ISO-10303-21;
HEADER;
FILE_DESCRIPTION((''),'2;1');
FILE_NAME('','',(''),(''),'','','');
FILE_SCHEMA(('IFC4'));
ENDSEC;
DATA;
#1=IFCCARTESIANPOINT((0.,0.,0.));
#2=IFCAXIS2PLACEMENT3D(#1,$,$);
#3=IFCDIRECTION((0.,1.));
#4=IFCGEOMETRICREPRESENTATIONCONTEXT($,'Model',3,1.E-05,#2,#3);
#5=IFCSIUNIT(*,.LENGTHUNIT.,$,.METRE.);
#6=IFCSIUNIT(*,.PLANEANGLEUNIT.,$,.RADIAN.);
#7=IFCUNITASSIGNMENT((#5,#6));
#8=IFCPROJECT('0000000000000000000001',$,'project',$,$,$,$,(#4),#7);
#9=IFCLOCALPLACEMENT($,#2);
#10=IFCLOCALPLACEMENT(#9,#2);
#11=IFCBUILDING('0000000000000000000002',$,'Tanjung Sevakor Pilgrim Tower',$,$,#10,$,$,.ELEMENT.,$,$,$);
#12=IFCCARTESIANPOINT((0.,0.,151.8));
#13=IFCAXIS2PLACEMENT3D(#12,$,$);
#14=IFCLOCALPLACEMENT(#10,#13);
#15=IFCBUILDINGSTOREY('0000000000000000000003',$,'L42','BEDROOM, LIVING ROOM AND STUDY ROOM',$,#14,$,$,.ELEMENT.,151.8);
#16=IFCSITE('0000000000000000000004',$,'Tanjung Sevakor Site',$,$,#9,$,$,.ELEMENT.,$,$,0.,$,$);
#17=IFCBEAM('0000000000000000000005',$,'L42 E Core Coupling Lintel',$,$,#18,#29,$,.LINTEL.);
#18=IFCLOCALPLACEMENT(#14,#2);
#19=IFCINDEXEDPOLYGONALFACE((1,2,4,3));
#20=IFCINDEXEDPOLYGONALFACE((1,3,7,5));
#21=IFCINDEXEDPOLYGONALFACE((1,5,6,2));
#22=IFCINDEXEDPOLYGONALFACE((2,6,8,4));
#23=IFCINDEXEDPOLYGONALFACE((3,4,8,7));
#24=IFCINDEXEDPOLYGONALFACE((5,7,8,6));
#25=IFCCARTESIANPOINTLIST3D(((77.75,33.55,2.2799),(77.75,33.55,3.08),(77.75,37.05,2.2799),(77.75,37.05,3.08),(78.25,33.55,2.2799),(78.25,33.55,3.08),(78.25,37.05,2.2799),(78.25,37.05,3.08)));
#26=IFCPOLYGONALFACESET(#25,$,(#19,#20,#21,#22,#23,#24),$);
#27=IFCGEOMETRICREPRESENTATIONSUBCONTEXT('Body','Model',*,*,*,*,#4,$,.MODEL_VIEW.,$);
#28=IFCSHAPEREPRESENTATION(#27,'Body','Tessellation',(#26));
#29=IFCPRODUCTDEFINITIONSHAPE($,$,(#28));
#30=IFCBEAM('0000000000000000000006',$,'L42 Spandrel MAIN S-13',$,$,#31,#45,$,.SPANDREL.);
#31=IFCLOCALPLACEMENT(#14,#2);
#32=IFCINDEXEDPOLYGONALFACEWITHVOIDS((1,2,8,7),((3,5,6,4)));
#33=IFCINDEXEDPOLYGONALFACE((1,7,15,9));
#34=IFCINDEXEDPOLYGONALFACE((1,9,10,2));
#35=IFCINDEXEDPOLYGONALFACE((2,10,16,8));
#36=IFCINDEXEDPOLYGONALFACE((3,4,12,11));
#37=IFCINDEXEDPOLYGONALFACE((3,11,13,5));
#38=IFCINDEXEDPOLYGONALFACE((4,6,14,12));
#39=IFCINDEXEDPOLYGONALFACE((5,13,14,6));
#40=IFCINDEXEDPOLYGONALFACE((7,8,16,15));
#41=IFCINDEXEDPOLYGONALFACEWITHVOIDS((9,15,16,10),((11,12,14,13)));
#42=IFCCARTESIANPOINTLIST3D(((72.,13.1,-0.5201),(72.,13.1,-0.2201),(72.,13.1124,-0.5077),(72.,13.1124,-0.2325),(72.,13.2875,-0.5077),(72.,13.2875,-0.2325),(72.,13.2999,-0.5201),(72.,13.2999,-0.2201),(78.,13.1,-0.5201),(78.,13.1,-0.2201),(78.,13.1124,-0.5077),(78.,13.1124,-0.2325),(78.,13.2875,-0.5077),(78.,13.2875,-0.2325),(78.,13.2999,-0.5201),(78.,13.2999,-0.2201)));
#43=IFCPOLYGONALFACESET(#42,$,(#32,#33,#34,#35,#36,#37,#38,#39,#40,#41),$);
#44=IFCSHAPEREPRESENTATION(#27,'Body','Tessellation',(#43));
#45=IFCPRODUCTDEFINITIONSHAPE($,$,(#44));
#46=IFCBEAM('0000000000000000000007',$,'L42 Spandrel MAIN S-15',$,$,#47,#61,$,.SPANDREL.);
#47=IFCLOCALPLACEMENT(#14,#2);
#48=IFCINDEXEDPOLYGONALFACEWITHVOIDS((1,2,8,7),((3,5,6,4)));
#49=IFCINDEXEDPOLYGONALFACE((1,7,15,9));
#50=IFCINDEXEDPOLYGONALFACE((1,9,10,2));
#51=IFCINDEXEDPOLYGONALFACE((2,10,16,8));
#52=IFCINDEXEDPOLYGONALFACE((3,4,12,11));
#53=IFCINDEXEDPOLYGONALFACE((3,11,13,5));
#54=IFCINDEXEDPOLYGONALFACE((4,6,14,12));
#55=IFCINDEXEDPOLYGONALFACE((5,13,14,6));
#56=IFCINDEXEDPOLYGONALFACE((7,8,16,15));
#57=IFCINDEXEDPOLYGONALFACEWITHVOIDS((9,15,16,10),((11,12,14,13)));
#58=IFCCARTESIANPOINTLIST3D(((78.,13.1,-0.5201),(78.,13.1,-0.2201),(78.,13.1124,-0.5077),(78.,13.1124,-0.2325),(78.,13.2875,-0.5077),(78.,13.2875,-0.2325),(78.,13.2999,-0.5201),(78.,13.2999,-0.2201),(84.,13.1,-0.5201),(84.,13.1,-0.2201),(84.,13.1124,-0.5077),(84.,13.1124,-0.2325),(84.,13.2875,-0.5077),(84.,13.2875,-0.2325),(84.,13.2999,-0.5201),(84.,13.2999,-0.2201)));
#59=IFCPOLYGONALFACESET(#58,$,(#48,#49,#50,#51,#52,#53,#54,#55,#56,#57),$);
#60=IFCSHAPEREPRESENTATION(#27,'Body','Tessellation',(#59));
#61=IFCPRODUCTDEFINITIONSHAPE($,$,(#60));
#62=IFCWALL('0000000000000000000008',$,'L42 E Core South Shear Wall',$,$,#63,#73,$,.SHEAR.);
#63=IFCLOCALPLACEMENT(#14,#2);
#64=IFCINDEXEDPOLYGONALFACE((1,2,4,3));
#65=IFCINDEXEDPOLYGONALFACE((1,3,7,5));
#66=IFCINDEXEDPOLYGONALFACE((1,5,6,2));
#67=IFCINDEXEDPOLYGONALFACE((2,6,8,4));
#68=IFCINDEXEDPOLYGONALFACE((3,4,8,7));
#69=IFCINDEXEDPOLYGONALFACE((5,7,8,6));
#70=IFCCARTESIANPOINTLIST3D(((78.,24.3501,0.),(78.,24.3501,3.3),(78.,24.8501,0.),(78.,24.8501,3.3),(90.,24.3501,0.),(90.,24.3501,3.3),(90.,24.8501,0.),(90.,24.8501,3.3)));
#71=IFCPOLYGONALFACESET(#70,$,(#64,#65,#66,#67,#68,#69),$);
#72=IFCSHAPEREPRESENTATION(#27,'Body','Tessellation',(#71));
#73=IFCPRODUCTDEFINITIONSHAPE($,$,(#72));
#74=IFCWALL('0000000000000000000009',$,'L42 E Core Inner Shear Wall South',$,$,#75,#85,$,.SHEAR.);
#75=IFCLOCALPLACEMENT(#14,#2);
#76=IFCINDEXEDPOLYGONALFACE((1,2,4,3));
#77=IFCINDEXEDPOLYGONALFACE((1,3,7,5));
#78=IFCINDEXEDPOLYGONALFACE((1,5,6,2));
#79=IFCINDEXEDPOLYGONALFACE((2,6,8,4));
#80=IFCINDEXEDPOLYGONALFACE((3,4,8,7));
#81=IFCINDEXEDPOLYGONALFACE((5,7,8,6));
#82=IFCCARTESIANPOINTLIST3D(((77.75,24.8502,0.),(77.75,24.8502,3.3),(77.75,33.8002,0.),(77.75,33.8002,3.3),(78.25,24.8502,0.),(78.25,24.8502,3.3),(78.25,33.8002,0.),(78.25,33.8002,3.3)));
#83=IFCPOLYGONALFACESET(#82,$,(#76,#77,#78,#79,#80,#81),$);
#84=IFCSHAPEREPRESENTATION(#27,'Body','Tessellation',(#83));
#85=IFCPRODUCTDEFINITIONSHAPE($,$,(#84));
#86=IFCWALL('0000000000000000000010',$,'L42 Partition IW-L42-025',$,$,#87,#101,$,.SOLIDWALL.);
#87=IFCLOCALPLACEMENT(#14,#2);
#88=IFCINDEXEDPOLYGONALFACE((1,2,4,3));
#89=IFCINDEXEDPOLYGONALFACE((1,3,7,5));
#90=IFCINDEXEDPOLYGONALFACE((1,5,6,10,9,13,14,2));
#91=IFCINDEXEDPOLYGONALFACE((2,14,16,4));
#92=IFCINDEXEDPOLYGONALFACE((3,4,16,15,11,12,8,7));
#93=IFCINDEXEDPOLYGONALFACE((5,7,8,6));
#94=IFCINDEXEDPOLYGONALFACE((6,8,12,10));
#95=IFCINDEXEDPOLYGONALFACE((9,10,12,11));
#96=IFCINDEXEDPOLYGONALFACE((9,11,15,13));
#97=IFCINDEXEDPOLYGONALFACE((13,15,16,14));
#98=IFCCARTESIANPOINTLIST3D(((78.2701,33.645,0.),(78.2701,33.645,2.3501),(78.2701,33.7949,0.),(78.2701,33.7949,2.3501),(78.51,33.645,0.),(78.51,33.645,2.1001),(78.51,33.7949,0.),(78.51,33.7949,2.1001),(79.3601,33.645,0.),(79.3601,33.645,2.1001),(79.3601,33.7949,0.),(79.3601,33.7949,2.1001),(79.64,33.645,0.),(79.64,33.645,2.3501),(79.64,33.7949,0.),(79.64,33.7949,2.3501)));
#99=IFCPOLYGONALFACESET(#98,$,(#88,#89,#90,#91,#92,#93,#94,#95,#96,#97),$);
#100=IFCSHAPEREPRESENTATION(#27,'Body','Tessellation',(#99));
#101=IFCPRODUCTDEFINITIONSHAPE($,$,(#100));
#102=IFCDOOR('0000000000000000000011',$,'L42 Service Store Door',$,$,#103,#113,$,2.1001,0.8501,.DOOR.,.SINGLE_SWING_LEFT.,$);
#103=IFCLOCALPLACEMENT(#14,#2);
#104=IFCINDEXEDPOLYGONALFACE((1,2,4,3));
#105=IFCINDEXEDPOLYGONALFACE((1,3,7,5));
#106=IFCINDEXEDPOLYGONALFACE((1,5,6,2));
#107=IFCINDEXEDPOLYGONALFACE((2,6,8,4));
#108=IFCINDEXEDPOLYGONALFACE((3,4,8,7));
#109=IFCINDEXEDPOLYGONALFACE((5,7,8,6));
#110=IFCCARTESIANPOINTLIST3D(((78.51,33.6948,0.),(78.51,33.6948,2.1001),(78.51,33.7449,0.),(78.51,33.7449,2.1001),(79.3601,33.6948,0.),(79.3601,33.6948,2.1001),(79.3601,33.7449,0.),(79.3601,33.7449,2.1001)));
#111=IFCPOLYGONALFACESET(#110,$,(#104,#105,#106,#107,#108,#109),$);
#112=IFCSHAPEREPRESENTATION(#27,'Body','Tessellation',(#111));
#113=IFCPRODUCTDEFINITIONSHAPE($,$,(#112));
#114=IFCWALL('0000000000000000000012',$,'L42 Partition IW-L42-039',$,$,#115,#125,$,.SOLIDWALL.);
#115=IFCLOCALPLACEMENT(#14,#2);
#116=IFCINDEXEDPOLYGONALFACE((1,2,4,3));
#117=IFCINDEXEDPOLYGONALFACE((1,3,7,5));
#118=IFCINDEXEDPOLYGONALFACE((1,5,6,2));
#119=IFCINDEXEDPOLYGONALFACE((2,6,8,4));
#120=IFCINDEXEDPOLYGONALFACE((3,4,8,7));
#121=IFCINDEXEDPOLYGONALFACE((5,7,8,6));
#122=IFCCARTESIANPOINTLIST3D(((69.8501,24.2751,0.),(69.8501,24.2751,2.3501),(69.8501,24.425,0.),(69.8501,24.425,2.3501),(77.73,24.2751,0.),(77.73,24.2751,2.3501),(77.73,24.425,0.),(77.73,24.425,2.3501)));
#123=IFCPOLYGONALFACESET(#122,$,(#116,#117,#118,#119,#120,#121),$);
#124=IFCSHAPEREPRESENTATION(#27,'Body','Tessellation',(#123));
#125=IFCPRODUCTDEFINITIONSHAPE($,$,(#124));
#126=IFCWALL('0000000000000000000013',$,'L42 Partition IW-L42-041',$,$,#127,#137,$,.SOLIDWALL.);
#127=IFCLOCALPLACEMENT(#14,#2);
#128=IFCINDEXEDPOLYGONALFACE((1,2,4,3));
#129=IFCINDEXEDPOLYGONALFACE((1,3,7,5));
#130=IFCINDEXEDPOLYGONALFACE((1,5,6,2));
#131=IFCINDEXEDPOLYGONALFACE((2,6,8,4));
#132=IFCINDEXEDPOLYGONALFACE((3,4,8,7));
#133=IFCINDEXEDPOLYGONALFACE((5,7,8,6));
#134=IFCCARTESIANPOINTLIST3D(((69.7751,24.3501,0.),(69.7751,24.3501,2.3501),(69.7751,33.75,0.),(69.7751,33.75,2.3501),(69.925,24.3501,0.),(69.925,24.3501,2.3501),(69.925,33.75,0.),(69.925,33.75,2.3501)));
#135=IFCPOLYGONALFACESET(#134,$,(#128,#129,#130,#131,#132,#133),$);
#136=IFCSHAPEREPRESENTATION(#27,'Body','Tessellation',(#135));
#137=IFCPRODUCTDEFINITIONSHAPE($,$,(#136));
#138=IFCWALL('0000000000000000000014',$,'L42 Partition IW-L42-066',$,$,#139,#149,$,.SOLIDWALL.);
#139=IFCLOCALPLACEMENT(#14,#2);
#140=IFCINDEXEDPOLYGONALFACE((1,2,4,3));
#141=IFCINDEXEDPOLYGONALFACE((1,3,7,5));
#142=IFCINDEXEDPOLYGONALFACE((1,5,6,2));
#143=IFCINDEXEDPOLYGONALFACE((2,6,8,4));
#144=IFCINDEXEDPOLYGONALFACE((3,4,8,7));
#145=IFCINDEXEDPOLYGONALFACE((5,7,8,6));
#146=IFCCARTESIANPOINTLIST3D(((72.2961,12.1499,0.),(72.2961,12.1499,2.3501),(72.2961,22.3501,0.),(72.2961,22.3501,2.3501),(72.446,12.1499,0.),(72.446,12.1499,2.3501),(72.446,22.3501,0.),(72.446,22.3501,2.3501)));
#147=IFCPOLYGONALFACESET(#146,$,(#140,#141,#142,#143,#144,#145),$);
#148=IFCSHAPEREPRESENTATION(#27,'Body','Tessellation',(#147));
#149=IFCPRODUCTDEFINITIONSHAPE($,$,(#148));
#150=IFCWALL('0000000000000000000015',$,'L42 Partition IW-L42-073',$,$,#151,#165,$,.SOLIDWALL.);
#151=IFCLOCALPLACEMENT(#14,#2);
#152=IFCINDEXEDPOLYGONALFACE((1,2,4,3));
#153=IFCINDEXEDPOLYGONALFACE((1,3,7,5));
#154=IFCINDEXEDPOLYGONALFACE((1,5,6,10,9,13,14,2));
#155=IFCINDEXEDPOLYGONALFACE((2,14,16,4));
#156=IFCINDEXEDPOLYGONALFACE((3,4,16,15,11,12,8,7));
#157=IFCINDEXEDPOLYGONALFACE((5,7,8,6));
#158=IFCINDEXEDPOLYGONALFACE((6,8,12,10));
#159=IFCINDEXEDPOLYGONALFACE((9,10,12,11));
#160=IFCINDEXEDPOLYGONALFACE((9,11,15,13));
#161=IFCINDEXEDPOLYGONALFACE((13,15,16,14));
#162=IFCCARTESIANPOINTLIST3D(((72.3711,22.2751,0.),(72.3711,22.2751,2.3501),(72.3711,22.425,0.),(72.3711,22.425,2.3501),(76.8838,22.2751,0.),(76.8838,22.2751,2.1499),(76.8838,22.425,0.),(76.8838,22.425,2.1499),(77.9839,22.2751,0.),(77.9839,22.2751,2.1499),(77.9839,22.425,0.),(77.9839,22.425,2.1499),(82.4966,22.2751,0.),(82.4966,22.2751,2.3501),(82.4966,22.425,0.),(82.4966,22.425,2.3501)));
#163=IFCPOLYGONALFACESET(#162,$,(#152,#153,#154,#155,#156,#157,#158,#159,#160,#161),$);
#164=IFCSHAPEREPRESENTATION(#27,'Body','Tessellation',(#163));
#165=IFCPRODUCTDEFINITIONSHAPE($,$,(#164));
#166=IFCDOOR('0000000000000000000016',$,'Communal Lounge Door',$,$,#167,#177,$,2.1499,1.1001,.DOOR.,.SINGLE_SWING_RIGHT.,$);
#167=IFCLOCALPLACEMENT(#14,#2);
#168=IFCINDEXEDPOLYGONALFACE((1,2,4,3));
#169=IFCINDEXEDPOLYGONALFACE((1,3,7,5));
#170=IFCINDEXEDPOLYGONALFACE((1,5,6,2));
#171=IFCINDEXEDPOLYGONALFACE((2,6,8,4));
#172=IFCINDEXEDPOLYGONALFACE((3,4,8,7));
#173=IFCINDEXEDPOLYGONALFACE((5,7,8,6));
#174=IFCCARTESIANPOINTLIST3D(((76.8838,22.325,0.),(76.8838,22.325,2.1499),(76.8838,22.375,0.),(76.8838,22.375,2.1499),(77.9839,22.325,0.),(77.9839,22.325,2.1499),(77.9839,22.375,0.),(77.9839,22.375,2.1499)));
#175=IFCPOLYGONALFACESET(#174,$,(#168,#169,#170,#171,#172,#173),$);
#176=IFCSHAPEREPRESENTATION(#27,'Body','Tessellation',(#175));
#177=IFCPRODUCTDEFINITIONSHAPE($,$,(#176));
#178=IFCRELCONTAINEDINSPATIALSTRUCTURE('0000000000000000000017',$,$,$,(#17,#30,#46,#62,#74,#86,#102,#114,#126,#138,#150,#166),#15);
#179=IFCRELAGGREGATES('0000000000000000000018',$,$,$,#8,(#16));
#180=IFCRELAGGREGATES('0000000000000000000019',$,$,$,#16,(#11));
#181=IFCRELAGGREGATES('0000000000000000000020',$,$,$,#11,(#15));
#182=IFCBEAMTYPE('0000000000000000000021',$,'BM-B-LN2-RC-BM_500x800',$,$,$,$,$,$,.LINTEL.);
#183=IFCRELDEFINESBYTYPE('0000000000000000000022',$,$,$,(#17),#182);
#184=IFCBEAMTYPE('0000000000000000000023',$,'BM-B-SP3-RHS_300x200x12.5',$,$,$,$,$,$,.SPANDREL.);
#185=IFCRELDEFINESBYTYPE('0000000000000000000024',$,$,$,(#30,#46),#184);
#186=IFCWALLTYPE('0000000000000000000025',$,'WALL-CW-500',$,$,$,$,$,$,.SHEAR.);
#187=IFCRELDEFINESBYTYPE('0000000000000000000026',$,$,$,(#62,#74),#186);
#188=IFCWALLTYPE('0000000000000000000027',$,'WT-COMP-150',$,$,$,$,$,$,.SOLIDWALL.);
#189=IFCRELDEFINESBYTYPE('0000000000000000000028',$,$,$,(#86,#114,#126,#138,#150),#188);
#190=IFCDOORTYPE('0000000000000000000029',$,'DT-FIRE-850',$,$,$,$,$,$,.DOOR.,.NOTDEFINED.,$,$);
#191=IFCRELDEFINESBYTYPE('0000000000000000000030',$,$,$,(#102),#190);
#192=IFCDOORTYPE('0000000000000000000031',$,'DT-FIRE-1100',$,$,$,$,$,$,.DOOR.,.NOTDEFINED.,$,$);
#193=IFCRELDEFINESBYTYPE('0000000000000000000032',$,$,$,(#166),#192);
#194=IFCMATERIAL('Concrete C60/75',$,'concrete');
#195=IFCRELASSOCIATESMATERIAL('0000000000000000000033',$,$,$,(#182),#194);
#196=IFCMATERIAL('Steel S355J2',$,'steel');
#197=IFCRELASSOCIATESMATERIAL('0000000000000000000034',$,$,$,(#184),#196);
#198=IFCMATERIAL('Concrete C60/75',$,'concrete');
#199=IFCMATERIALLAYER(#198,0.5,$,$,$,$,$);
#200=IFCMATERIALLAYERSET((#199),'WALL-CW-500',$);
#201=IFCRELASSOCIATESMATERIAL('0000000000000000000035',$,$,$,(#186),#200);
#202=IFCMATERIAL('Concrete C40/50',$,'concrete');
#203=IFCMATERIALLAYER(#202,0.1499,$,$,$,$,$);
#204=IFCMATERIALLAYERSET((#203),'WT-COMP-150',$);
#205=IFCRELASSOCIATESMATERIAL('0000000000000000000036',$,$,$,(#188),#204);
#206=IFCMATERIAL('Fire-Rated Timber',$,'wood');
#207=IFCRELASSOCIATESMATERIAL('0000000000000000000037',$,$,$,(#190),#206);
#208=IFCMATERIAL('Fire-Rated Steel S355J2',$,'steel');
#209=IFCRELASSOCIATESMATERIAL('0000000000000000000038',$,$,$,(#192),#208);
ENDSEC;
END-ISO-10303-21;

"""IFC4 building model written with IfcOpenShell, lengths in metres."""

from ifc_helpers import new_model, si_unit, direction, frame, frame_2d, origin, origin_2d, place, context, subcontext, project, spatial, rectangle, hollow_rectangle, extrude, material, layer, layer_set, material_profile, profile_set, type_object, element, fill, save


model = new_model("IFC4")

# Units and contexts
model_context = context("Model", 3, precision=1e-05, world=origin(), true_north=direction((0.0, 1.0)))
body_context = subcontext(model_context, "Body", "Model", "MODEL_VIEW")
ifc_project = project(units=[si_unit("LENGTHUNIT", "METRE"), si_unit("PLANEANGLEUNIT", "RADIAN")], contexts=[model_context])

# Site, building, storey
site_placement = place(None, origin())
site = spatial("IfcSite", under=ifc_project, at=site_placement, Name="Tanjung Sevakor Site", CompositionType="ELEMENT", RefElevation=0.0)
building_placement = place(site_placement, origin())
building = spatial("IfcBuilding", under=site, at=building_placement, Name="Tanjung Sevakor Pilgrim Tower", CompositionType="ELEMENT")
storey_placement = place(building_placement, frame((0.0, 0.0, 151.8)))
storey = spatial("IfcBuildingStorey", under=building, at=storey_placement, Name="L42", Description="BEDROOM, LIVING ROOM AND STUDY ROOM", CompositionType="ELEMENT", Elevation=151.8)

# Beams
ifc_material_1 = material(Name="Concrete C60/75", Category="concrete")
ifc_material_profile_1 = material_profile(ifc_material_1, rectangle(XDim=0.5, YDim=0.8, at=origin_2d()))
ifc_profile_set_1 = profile_set([ifc_material_profile_1], Name="Concrete C60/75")
beam_type_1 = type_object("IfcBeamType", Name="BM-B-LN2-RC-BM_500x800", PredefinedType="LINTEL", material=ifc_profile_set_1)
beam_1_placement = place(storey_placement, frame((78.0, 33.55, 2.6799), z_axis=(0.0, 1.0, 0.0), x_axis=(-1.0, 0.0, 0.0)))
element("IfcBeam", 1, at=beam_1_placement, inside=storey, type_object=beam_type_1, Name="L42 E Core Coupling Lintel", PredefinedType="LINTEL", context=body_context, shape_type="SweptSolid", body=[
    extrude(rectangle(XDim=0.5, YDim=0.8, at=origin_2d()), origin(), (0.0, 0.0, 1.0), 3.5),
])
ifc_material_2 = material(Name="Steel S355J2", Category="steel")
ifc_material_profile_2 = material_profile(ifc_material_2, hollow_rectangle(XDim=0.2, YDim=0.3, WallThickness=0.0125, at=origin_2d()))
ifc_profile_set_2 = profile_set([ifc_material_profile_2], Name="Steel S355J2")
beam_type_2 = type_object("IfcBeamType", Name="BM-B-SP3-RHS_300x200x12.5", PredefinedType="SPANDREL", material=ifc_profile_set_2)
for number, where, z_axis, x_axis, name in (
    (2, (72.0, 13.2, -0.3701), (1.0, 0.0, 0.0), (0.0, 1.0, 0.0), "L42 Spandrel MAIN S-13"),
    (3, (78.0, 13.2, -0.3701), (1.0, 0.0, 0.0), (0.0, 1.0, 0.0), "L42 Spandrel MAIN S-15"),
):
    element("IfcBeam", number, at=place(storey_placement, frame(where, z_axis=z_axis, x_axis=x_axis)), inside=storey, type_object=beam_type_2, Name=name, PredefinedType="SPANDREL", context=body_context, shape_type="SweptSolid", body=[
        extrude(hollow_rectangle(XDim=0.2, YDim=0.3, WallThickness=0.0125, at=origin_2d()), origin(), (0.0, 0.0, 1.0), 6.0),
    ])

# Walls
ifc_material_3 = material(Name="Concrete C60/75", Category="concrete")
ifc_layer_1 = layer(ifc_material_3, 0.5)
ifc_layer_set_1 = layer_set([ifc_layer_1], Name="WALL-CW-500")
wall_type_1 = type_object("IfcWallType", Name="WALL-CW-500", PredefinedType="SHEAR", material=ifc_layer_set_1)
wall_1_placement = place(storey_placement, frame((78.0, 24.6001, 0.0), z_axis=(0.0, 0.0, 1.0), x_axis=(1.0, 0.0, 0.0)))
element("IfcWall", 4, at=wall_1_placement, inside=storey, type_object=wall_type_1, Name="L42 E Core South Shear Wall", PredefinedType="SHEAR", context=body_context, shape_type="SweptSolid", body=[
    extrude(rectangle(XDim=12.0, YDim=0.5, at=frame_2d((6.0, 0.0))), origin(), (0.0, 0.0, 1.0), 3.3),
])
wall_2_placement = place(storey_placement, frame((78.0, 24.8501, 0.0), z_axis=(0.0, 0.0, 1.0), x_axis=(0.0, 1.0, 0.0)))
element("IfcWall", 5, at=wall_2_placement, inside=storey, type_object=wall_type_1, Name="L42 E Core Inner Shear Wall South", PredefinedType="SHEAR", context=body_context, shape_type="SweptSolid", body=[
    extrude(rectangle(XDim=8.95, YDim=0.5, at=frame_2d((4.4751, 0.0))), origin(), (0.0, 0.0, 1.0), 3.3),
])

# Wall, opening, door
ifc_material_4 = material(Name="Concrete C40/50", Category="concrete")
ifc_layer_2 = layer(ifc_material_4, 0.1499)
ifc_layer_set_2 = layer_set([ifc_layer_2], Name="WT-COMP-150")
wall_type_2 = type_object("IfcWallType", Name="WT-COMP-150", PredefinedType="SOLIDWALL", material=ifc_layer_set_2)
wall_3_placement = place(storey_placement, frame((78.27, 33.72, 0.0), z_axis=(0.0, 0.0, 1.0), x_axis=(1.0, 0.0, 0.0)))
wall_3 = element("IfcWall", 6, at=wall_3_placement, inside=storey, type_object=wall_type_2, Name="L42 Partition IW-L42-025", PredefinedType="SOLIDWALL", context=body_context, shape_type="SweptSolid", body=[
    extrude(rectangle(XDim=1.3699, YDim=0.1499, at=frame_2d((0.6851, 0.0))), origin(), (0.0, 0.0, 1.0), 2.3501),
])
opening_1_placement = place(wall_3_placement, frame((0.24, 0.0, 0.0)))
opening_1 = element("IfcOpeningElement", 7, at=opening_1_placement, cuts=wall_3, PredefinedType="OPENING", context=body_context, shape_type="SweptSolid", body=[
    extrude(rectangle(XDim=0.8501, YDim=2.1001, at=frame_2d((0.425, 1.05))), frame((0.0, 0.085, 0.0), z_axis=(0.0, -1.0, 0.0), x_axis=(1.0, 0.0, 0.0)), (0.0, 0.0, 1.0), 0.1699),
])
ifc_material_5 = material(Name="Fire-Rated Timber", Category="wood")
door_type_1 = type_object("IfcDoorType", Name="DT-FIRE-850", OperationType="NOTDEFINED", PredefinedType="DOOR", material=ifc_material_5)
door_1_placement = place(opening_1_placement, origin())
door_1 = element("IfcDoor", 8, at=door_1_placement, inside=storey, type_object=door_type_1, Name="L42 Service Store Door", OperationType="SINGLE_SWING_LEFT", OverallHeight=2.1001, OverallWidth=0.8501, PredefinedType="DOOR", context=body_context, shape_type="SweptSolid", body=[
    extrude(rectangle(XDim=0.8501, YDim=2.1001, at=frame_2d((0.425, 1.05))), frame((0.0, 0.0249, 0.0), z_axis=(0.0, -1.0, 0.0), x_axis=(1.0, 0.0, 0.0)), (0.0, 0.0, 1.0), 0.05),
])
fill(opening_1, door_1)

# Walls
wall_4_placement = place(storey_placement, frame((69.8501, 24.3501, 0.0), z_axis=(0.0, 0.0, 1.0), x_axis=(1.0, 0.0, 0.0)))
element("IfcWall", 9, at=wall_4_placement, inside=storey, type_object=wall_type_2, Name="L42 Partition IW-L42-039", PredefinedType="SOLIDWALL", context=body_context, shape_type="SweptSolid", body=[
    extrude(rectangle(XDim=7.8799, YDim=0.1499, at=frame_2d((3.9399, 0.0))), origin(), (0.0, 0.0, 1.0), 2.3501),
])
wall_5_placement = place(storey_placement, frame((69.8501, 24.3501, 0.0), z_axis=(0.0, 0.0, 1.0), x_axis=(0.0, 1.0, 0.0)))
element("IfcWall", 10, at=wall_5_placement, inside=storey, type_object=wall_type_2, Name="L42 Partition IW-L42-041", PredefinedType="SOLIDWALL", context=body_context, shape_type="SweptSolid", body=[
    extrude(rectangle(XDim=9.3999, YDim=0.1499, at=frame_2d((4.7, 0.0))), origin(), (0.0, 0.0, 1.0), 2.3501),
])
wall_6_placement = place(storey_placement, frame((72.3711, 12.1499, 0.0), z_axis=(0.0, 0.0, 1.0), x_axis=(0.0, 1.0, 0.0)))
element("IfcWall", 11, at=wall_6_placement, inside=storey, type_object=wall_type_2, Name="L42 Partition IW-L42-066", PredefinedType="SOLIDWALL", context=body_context, shape_type="SweptSolid", body=[
    extrude(rectangle(XDim=10.2002, YDim=0.1499, at=frame_2d((5.1001, 0.0))), origin(), (0.0, 0.0, 1.0), 2.3501),
])

# Wall, opening, door
wall_7_placement = place(storey_placement, frame((72.3711, 22.3501, 0.0), z_axis=(0.0, 0.0, 1.0), x_axis=(1.0, 0.0, 0.0)))
wall_7 = element("IfcWall", 12, at=wall_7_placement, inside=storey, type_object=wall_type_2, Name="L42 Partition IW-L42-073", PredefinedType="SOLIDWALL", context=body_context, shape_type="SweptSolid", body=[
    extrude(rectangle(XDim=10.1255, YDim=0.1499, at=frame_2d((5.0627, 0.0))), origin(), (0.0, 0.0, 1.0), 2.3501),
])
opening_2_placement = place(wall_7_placement, frame((4.5127, 0.0, 0.0)))
opening_2 = element("IfcOpeningElement", 13, at=opening_2_placement, cuts=wall_7, PredefinedType="OPENING", context=body_context, shape_type="SweptSolid", body=[
    extrude(rectangle(XDim=1.1001, YDim=2.1499, at=frame_2d((0.55, 1.075))), frame((0.0, 0.085, 0.0), z_axis=(0.0, -1.0, 0.0), x_axis=(1.0, 0.0, 0.0)), (0.0, 0.0, 1.0), 0.1699),
])
ifc_material_6 = material(Name="Fire-Rated Steel S355J2", Category="steel")
door_type_2 = type_object("IfcDoorType", Name="DT-FIRE-1100", OperationType="NOTDEFINED", PredefinedType="DOOR", material=ifc_material_6)
door_2_placement = place(opening_2_placement, origin())
door_2 = element("IfcDoor", 14, at=door_2_placement, inside=storey, type_object=door_type_2, Name="Communal Lounge Door", OperationType="SINGLE_SWING_RIGHT", OverallHeight=2.1499, OverallWidth=1.1001, PredefinedType="DOOR", context=body_context, shape_type="SweptSolid", body=[
    extrude(rectangle(XDim=1.1001, YDim=2.1499, at=frame_2d((0.55, 1.075))), frame((0.0, 0.0249, 0.0), z_axis=(0.0, -1.0, 0.0), x_axis=(1.0, 0.0, 0.0)), (0.0, 0.0, 1.0), 0.05),
])
fill(opening_2, door_2)

save(model, "model.ifc")
